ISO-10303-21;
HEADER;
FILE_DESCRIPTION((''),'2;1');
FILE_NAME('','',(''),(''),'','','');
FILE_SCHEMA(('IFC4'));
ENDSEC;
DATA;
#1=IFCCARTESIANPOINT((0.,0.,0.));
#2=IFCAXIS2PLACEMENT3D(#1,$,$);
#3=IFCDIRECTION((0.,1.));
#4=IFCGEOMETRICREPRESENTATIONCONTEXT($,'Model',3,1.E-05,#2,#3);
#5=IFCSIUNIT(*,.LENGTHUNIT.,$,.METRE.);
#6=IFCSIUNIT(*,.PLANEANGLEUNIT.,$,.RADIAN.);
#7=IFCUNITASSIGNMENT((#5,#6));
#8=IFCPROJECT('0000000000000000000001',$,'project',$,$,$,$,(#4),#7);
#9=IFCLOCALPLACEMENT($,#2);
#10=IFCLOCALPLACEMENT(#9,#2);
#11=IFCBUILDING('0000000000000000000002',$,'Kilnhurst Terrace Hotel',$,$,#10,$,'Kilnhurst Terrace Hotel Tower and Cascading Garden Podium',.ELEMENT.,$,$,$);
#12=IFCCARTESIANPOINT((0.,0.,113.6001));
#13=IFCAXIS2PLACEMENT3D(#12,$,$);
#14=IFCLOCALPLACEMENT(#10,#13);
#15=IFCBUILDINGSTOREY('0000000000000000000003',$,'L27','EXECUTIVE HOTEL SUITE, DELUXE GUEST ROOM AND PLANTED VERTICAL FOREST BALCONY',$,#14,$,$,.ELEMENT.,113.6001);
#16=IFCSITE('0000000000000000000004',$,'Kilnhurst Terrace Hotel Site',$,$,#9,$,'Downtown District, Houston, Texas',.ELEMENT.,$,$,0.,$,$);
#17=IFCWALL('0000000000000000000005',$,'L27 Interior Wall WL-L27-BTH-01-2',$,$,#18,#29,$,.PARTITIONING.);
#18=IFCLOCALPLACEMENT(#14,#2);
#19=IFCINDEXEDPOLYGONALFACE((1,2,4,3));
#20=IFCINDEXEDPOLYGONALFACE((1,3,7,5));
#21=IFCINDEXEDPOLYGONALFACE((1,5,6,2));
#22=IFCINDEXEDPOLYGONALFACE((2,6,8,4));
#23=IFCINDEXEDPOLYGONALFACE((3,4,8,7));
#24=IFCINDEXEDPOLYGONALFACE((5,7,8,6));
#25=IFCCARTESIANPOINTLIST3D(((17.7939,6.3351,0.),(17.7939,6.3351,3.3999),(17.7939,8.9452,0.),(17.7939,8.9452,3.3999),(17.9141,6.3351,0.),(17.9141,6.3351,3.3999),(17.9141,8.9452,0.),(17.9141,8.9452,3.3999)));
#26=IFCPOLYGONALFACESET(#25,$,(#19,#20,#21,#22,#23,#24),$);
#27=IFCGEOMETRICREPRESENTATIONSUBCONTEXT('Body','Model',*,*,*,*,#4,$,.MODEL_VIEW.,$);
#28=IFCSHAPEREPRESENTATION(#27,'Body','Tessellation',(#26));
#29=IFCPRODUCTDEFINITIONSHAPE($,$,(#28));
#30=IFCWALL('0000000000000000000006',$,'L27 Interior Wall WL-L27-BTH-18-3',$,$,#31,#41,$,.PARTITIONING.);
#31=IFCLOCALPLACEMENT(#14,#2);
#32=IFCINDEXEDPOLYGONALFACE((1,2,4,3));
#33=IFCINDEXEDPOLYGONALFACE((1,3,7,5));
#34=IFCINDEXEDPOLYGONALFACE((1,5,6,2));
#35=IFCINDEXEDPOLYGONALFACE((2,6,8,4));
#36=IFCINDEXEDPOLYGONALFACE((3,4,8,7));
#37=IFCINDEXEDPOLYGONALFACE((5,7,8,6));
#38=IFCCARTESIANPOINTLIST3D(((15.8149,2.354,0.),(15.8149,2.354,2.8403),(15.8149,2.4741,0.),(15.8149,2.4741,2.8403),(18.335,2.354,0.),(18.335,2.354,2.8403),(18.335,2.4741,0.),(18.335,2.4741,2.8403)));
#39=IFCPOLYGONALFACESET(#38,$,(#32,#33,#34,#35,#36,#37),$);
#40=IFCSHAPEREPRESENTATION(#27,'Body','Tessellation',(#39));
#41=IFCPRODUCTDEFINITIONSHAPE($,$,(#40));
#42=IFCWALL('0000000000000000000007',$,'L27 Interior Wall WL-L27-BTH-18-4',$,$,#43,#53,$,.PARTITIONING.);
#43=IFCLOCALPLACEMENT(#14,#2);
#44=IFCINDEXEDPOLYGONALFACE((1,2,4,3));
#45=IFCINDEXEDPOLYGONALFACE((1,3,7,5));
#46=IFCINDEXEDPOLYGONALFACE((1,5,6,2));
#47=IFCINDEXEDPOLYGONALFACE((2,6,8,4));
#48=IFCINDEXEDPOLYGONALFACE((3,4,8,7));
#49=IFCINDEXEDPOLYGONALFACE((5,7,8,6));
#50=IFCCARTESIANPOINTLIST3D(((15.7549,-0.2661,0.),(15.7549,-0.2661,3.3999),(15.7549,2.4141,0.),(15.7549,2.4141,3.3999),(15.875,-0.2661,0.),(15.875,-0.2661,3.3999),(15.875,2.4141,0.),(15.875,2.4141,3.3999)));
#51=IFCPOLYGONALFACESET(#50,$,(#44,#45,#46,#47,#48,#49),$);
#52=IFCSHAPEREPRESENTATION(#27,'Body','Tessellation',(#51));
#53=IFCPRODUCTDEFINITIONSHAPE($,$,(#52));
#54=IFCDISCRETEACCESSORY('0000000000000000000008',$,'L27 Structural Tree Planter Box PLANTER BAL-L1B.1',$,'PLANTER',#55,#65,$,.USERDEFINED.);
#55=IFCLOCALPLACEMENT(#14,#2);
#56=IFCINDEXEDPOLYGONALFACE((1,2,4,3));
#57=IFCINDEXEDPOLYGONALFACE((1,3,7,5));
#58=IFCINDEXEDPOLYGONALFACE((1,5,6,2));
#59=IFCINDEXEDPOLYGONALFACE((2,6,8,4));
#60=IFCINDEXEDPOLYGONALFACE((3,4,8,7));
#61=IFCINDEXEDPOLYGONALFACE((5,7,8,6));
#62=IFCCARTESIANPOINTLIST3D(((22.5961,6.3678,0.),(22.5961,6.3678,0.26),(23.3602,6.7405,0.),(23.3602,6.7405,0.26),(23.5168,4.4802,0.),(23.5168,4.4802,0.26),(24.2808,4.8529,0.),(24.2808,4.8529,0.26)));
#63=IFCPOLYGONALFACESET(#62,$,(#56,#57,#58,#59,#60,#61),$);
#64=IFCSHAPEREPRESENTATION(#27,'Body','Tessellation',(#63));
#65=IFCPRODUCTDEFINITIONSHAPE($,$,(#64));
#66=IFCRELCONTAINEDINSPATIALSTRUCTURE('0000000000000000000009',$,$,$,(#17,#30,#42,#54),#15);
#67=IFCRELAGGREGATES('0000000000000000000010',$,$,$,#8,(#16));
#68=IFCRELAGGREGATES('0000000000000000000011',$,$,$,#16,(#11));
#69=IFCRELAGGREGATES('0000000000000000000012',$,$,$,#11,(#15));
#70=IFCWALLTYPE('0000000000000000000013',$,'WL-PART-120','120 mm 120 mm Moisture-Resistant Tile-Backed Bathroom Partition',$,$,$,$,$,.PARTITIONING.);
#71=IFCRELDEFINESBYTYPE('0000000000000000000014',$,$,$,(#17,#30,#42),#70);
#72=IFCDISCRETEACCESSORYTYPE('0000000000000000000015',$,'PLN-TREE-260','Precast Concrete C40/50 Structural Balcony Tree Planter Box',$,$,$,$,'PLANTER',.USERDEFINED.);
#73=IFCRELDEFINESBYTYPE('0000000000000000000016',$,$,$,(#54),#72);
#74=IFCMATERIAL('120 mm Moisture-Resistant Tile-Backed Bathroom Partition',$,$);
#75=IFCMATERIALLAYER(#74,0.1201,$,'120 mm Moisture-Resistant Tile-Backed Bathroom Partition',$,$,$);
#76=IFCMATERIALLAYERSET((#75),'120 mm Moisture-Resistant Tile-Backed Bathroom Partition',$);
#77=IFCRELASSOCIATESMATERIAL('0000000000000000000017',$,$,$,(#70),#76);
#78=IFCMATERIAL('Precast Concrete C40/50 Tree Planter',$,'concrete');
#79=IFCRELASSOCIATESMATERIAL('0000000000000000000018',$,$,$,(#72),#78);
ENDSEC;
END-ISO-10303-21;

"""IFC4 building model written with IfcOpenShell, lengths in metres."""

from ifc_helpers import new_model, si_unit, direction, frame, frame_2d, origin, origin_2d, place, context, subcontext, project, spatial, rectangle, extrude, material, layer, layer_set, type_object, element, save


model = new_model("IFC4")

# Units and contexts
model_context = context("Model", 3, precision=1e-05, world=origin(), true_north=direction((0.0, 1.0)))
body_context = subcontext(model_context, "Body", "Model", "MODEL_VIEW")
ifc_project = project(units=[si_unit("LENGTHUNIT", "METRE"), si_unit("PLANEANGLEUNIT", "RADIAN")], contexts=[model_context])

# Site, building, storey
site_placement = place(None, origin())
site = spatial("IfcSite", under=ifc_project, at=site_placement, Name="Kilnhurst Terrace Hotel Site", LongName="Downtown District, Houston, Texas", CompositionType="ELEMENT", RefElevation=0.0)
building_placement = place(site_placement, origin())
building = spatial("IfcBuilding", under=site, at=building_placement, Name="Kilnhurst Terrace Hotel", LongName="Kilnhurst Terrace Hotel Tower and Cascading Garden Podium", CompositionType="ELEMENT")
storey_placement = place(building_placement, frame((0.0, 0.0, 113.6001)))
storey = spatial("IfcBuildingStorey", under=building, at=storey_placement, Name="L27", Description="EXECUTIVE HOTEL SUITE, DELUXE GUEST ROOM AND PLANTED VERTICAL FOREST BALCONY", CompositionType="ELEMENT", Elevation=113.6001)

# Shared definitions
ifc_material_1 = material(Name="120 mm Moisture-Resistant Tile-Backed Bathroom Partition")
ifc_layer_1 = layer(ifc_material_1, 0.1201, Name="120 mm Moisture-Resistant Tile-Backed Bathroom Partition")
ifc_layer_set_1 = layer_set([ifc_layer_1], Name="120 mm Moisture-Resistant Tile-Backed Bathroom Partition")
wall_type_1 = type_object("IfcWallType", Name="WL-PART-120", Description="120 mm 120 mm Moisture-Resistant Tile-Backed Bathroom Partition", PredefinedType="PARTITIONING", material=ifc_layer_set_1)

# Walls
wall_1_placement = place(storey_placement, frame((17.854, 6.335, 0.0), z_axis=(0.0, 0.0, 1.0), x_axis=(0.0, 1.0, 0.0)))
element("IfcWall", 1, at=wall_1_placement, inside=storey, type_object=wall_type_1, Name="L27 Interior Wall WL-L27-BTH-01-2", PredefinedType="PARTITIONING", context=body_context, shape_type="SweptSolid", body=[
    extrude(rectangle(XDim=2.6101, YDim=0.1201, at=frame_2d((1.3052, 0.0))), origin(), (0.0, 0.0, 1.0), 3.3999),
])
wall_2_placement = place(storey_placement, frame((18.335, 2.4141, 0.0), z_axis=(0.0, 0.0, 1.0), x_axis=(-1.0, 0.0, 0.0)))
element("IfcWall", 2, at=wall_2_placement, inside=storey, type_object=wall_type_1, Name="L27 Interior Wall WL-L27-BTH-18-3", PredefinedType="PARTITIONING", context=body_context, shape_type="SweptSolid", body=[
    extrude(rectangle(XDim=2.52, YDim=0.1201, at=frame_2d((1.26, 0.0))), origin(), (0.0, 0.0, 1.0), 2.8403),
])
wall_3_placement = place(storey_placement, frame((15.8149, 2.4141, 0.0), z_axis=(0.0, 0.0, 1.0), x_axis=(0.0, -1.0, 0.0)))
element("IfcWall", 3, at=wall_3_placement, inside=storey, type_object=wall_type_1, Name="L27 Interior Wall WL-L27-BTH-18-4", PredefinedType="PARTITIONING", context=body_context, shape_type="SweptSolid", body=[
    extrude(rectangle(XDim=2.6802, YDim=0.1201, at=frame_2d((1.3401, 0.0))), origin(), (0.0, 0.0, 1.0), 3.3999),
])

# Discrete accessory
ifc_material_2 = material(Name="Precast Concrete C40/50 Tree Planter", Category="concrete")
discrete_accessory_type = type_object("IfcDiscreteAccessoryType", Name="PLN-TREE-260", Description="Precast Concrete C40/50 Structural Balcony Tree Planter Box", ElementType="PLANTER", PredefinedType="USERDEFINED", material=ifc_material_2)
discrete_accessory_placement = place(storey_placement, frame((23.4385, 5.6104, 0.0), z_axis=(0.0, 0.0, 1.0), x_axis=(-0.438387, 0.898786, 0.0)))
element("IfcDiscreteAccessory", 4, at=discrete_accessory_placement, inside=storey, type_object=discrete_accessory_type, Name="L27 Structural Tree Planter Box PLANTER BAL-L1B.1", ObjectType="PLANTER", PredefinedType="USERDEFINED", context=body_context, shape_type="SweptSolid", body=[
    extrude(rectangle(XDim=2.1001, YDim=0.8501, at=origin_2d()), origin(), (0.0, 0.0, 1.0), 0.26),
])

save(model, "model.ifc")
